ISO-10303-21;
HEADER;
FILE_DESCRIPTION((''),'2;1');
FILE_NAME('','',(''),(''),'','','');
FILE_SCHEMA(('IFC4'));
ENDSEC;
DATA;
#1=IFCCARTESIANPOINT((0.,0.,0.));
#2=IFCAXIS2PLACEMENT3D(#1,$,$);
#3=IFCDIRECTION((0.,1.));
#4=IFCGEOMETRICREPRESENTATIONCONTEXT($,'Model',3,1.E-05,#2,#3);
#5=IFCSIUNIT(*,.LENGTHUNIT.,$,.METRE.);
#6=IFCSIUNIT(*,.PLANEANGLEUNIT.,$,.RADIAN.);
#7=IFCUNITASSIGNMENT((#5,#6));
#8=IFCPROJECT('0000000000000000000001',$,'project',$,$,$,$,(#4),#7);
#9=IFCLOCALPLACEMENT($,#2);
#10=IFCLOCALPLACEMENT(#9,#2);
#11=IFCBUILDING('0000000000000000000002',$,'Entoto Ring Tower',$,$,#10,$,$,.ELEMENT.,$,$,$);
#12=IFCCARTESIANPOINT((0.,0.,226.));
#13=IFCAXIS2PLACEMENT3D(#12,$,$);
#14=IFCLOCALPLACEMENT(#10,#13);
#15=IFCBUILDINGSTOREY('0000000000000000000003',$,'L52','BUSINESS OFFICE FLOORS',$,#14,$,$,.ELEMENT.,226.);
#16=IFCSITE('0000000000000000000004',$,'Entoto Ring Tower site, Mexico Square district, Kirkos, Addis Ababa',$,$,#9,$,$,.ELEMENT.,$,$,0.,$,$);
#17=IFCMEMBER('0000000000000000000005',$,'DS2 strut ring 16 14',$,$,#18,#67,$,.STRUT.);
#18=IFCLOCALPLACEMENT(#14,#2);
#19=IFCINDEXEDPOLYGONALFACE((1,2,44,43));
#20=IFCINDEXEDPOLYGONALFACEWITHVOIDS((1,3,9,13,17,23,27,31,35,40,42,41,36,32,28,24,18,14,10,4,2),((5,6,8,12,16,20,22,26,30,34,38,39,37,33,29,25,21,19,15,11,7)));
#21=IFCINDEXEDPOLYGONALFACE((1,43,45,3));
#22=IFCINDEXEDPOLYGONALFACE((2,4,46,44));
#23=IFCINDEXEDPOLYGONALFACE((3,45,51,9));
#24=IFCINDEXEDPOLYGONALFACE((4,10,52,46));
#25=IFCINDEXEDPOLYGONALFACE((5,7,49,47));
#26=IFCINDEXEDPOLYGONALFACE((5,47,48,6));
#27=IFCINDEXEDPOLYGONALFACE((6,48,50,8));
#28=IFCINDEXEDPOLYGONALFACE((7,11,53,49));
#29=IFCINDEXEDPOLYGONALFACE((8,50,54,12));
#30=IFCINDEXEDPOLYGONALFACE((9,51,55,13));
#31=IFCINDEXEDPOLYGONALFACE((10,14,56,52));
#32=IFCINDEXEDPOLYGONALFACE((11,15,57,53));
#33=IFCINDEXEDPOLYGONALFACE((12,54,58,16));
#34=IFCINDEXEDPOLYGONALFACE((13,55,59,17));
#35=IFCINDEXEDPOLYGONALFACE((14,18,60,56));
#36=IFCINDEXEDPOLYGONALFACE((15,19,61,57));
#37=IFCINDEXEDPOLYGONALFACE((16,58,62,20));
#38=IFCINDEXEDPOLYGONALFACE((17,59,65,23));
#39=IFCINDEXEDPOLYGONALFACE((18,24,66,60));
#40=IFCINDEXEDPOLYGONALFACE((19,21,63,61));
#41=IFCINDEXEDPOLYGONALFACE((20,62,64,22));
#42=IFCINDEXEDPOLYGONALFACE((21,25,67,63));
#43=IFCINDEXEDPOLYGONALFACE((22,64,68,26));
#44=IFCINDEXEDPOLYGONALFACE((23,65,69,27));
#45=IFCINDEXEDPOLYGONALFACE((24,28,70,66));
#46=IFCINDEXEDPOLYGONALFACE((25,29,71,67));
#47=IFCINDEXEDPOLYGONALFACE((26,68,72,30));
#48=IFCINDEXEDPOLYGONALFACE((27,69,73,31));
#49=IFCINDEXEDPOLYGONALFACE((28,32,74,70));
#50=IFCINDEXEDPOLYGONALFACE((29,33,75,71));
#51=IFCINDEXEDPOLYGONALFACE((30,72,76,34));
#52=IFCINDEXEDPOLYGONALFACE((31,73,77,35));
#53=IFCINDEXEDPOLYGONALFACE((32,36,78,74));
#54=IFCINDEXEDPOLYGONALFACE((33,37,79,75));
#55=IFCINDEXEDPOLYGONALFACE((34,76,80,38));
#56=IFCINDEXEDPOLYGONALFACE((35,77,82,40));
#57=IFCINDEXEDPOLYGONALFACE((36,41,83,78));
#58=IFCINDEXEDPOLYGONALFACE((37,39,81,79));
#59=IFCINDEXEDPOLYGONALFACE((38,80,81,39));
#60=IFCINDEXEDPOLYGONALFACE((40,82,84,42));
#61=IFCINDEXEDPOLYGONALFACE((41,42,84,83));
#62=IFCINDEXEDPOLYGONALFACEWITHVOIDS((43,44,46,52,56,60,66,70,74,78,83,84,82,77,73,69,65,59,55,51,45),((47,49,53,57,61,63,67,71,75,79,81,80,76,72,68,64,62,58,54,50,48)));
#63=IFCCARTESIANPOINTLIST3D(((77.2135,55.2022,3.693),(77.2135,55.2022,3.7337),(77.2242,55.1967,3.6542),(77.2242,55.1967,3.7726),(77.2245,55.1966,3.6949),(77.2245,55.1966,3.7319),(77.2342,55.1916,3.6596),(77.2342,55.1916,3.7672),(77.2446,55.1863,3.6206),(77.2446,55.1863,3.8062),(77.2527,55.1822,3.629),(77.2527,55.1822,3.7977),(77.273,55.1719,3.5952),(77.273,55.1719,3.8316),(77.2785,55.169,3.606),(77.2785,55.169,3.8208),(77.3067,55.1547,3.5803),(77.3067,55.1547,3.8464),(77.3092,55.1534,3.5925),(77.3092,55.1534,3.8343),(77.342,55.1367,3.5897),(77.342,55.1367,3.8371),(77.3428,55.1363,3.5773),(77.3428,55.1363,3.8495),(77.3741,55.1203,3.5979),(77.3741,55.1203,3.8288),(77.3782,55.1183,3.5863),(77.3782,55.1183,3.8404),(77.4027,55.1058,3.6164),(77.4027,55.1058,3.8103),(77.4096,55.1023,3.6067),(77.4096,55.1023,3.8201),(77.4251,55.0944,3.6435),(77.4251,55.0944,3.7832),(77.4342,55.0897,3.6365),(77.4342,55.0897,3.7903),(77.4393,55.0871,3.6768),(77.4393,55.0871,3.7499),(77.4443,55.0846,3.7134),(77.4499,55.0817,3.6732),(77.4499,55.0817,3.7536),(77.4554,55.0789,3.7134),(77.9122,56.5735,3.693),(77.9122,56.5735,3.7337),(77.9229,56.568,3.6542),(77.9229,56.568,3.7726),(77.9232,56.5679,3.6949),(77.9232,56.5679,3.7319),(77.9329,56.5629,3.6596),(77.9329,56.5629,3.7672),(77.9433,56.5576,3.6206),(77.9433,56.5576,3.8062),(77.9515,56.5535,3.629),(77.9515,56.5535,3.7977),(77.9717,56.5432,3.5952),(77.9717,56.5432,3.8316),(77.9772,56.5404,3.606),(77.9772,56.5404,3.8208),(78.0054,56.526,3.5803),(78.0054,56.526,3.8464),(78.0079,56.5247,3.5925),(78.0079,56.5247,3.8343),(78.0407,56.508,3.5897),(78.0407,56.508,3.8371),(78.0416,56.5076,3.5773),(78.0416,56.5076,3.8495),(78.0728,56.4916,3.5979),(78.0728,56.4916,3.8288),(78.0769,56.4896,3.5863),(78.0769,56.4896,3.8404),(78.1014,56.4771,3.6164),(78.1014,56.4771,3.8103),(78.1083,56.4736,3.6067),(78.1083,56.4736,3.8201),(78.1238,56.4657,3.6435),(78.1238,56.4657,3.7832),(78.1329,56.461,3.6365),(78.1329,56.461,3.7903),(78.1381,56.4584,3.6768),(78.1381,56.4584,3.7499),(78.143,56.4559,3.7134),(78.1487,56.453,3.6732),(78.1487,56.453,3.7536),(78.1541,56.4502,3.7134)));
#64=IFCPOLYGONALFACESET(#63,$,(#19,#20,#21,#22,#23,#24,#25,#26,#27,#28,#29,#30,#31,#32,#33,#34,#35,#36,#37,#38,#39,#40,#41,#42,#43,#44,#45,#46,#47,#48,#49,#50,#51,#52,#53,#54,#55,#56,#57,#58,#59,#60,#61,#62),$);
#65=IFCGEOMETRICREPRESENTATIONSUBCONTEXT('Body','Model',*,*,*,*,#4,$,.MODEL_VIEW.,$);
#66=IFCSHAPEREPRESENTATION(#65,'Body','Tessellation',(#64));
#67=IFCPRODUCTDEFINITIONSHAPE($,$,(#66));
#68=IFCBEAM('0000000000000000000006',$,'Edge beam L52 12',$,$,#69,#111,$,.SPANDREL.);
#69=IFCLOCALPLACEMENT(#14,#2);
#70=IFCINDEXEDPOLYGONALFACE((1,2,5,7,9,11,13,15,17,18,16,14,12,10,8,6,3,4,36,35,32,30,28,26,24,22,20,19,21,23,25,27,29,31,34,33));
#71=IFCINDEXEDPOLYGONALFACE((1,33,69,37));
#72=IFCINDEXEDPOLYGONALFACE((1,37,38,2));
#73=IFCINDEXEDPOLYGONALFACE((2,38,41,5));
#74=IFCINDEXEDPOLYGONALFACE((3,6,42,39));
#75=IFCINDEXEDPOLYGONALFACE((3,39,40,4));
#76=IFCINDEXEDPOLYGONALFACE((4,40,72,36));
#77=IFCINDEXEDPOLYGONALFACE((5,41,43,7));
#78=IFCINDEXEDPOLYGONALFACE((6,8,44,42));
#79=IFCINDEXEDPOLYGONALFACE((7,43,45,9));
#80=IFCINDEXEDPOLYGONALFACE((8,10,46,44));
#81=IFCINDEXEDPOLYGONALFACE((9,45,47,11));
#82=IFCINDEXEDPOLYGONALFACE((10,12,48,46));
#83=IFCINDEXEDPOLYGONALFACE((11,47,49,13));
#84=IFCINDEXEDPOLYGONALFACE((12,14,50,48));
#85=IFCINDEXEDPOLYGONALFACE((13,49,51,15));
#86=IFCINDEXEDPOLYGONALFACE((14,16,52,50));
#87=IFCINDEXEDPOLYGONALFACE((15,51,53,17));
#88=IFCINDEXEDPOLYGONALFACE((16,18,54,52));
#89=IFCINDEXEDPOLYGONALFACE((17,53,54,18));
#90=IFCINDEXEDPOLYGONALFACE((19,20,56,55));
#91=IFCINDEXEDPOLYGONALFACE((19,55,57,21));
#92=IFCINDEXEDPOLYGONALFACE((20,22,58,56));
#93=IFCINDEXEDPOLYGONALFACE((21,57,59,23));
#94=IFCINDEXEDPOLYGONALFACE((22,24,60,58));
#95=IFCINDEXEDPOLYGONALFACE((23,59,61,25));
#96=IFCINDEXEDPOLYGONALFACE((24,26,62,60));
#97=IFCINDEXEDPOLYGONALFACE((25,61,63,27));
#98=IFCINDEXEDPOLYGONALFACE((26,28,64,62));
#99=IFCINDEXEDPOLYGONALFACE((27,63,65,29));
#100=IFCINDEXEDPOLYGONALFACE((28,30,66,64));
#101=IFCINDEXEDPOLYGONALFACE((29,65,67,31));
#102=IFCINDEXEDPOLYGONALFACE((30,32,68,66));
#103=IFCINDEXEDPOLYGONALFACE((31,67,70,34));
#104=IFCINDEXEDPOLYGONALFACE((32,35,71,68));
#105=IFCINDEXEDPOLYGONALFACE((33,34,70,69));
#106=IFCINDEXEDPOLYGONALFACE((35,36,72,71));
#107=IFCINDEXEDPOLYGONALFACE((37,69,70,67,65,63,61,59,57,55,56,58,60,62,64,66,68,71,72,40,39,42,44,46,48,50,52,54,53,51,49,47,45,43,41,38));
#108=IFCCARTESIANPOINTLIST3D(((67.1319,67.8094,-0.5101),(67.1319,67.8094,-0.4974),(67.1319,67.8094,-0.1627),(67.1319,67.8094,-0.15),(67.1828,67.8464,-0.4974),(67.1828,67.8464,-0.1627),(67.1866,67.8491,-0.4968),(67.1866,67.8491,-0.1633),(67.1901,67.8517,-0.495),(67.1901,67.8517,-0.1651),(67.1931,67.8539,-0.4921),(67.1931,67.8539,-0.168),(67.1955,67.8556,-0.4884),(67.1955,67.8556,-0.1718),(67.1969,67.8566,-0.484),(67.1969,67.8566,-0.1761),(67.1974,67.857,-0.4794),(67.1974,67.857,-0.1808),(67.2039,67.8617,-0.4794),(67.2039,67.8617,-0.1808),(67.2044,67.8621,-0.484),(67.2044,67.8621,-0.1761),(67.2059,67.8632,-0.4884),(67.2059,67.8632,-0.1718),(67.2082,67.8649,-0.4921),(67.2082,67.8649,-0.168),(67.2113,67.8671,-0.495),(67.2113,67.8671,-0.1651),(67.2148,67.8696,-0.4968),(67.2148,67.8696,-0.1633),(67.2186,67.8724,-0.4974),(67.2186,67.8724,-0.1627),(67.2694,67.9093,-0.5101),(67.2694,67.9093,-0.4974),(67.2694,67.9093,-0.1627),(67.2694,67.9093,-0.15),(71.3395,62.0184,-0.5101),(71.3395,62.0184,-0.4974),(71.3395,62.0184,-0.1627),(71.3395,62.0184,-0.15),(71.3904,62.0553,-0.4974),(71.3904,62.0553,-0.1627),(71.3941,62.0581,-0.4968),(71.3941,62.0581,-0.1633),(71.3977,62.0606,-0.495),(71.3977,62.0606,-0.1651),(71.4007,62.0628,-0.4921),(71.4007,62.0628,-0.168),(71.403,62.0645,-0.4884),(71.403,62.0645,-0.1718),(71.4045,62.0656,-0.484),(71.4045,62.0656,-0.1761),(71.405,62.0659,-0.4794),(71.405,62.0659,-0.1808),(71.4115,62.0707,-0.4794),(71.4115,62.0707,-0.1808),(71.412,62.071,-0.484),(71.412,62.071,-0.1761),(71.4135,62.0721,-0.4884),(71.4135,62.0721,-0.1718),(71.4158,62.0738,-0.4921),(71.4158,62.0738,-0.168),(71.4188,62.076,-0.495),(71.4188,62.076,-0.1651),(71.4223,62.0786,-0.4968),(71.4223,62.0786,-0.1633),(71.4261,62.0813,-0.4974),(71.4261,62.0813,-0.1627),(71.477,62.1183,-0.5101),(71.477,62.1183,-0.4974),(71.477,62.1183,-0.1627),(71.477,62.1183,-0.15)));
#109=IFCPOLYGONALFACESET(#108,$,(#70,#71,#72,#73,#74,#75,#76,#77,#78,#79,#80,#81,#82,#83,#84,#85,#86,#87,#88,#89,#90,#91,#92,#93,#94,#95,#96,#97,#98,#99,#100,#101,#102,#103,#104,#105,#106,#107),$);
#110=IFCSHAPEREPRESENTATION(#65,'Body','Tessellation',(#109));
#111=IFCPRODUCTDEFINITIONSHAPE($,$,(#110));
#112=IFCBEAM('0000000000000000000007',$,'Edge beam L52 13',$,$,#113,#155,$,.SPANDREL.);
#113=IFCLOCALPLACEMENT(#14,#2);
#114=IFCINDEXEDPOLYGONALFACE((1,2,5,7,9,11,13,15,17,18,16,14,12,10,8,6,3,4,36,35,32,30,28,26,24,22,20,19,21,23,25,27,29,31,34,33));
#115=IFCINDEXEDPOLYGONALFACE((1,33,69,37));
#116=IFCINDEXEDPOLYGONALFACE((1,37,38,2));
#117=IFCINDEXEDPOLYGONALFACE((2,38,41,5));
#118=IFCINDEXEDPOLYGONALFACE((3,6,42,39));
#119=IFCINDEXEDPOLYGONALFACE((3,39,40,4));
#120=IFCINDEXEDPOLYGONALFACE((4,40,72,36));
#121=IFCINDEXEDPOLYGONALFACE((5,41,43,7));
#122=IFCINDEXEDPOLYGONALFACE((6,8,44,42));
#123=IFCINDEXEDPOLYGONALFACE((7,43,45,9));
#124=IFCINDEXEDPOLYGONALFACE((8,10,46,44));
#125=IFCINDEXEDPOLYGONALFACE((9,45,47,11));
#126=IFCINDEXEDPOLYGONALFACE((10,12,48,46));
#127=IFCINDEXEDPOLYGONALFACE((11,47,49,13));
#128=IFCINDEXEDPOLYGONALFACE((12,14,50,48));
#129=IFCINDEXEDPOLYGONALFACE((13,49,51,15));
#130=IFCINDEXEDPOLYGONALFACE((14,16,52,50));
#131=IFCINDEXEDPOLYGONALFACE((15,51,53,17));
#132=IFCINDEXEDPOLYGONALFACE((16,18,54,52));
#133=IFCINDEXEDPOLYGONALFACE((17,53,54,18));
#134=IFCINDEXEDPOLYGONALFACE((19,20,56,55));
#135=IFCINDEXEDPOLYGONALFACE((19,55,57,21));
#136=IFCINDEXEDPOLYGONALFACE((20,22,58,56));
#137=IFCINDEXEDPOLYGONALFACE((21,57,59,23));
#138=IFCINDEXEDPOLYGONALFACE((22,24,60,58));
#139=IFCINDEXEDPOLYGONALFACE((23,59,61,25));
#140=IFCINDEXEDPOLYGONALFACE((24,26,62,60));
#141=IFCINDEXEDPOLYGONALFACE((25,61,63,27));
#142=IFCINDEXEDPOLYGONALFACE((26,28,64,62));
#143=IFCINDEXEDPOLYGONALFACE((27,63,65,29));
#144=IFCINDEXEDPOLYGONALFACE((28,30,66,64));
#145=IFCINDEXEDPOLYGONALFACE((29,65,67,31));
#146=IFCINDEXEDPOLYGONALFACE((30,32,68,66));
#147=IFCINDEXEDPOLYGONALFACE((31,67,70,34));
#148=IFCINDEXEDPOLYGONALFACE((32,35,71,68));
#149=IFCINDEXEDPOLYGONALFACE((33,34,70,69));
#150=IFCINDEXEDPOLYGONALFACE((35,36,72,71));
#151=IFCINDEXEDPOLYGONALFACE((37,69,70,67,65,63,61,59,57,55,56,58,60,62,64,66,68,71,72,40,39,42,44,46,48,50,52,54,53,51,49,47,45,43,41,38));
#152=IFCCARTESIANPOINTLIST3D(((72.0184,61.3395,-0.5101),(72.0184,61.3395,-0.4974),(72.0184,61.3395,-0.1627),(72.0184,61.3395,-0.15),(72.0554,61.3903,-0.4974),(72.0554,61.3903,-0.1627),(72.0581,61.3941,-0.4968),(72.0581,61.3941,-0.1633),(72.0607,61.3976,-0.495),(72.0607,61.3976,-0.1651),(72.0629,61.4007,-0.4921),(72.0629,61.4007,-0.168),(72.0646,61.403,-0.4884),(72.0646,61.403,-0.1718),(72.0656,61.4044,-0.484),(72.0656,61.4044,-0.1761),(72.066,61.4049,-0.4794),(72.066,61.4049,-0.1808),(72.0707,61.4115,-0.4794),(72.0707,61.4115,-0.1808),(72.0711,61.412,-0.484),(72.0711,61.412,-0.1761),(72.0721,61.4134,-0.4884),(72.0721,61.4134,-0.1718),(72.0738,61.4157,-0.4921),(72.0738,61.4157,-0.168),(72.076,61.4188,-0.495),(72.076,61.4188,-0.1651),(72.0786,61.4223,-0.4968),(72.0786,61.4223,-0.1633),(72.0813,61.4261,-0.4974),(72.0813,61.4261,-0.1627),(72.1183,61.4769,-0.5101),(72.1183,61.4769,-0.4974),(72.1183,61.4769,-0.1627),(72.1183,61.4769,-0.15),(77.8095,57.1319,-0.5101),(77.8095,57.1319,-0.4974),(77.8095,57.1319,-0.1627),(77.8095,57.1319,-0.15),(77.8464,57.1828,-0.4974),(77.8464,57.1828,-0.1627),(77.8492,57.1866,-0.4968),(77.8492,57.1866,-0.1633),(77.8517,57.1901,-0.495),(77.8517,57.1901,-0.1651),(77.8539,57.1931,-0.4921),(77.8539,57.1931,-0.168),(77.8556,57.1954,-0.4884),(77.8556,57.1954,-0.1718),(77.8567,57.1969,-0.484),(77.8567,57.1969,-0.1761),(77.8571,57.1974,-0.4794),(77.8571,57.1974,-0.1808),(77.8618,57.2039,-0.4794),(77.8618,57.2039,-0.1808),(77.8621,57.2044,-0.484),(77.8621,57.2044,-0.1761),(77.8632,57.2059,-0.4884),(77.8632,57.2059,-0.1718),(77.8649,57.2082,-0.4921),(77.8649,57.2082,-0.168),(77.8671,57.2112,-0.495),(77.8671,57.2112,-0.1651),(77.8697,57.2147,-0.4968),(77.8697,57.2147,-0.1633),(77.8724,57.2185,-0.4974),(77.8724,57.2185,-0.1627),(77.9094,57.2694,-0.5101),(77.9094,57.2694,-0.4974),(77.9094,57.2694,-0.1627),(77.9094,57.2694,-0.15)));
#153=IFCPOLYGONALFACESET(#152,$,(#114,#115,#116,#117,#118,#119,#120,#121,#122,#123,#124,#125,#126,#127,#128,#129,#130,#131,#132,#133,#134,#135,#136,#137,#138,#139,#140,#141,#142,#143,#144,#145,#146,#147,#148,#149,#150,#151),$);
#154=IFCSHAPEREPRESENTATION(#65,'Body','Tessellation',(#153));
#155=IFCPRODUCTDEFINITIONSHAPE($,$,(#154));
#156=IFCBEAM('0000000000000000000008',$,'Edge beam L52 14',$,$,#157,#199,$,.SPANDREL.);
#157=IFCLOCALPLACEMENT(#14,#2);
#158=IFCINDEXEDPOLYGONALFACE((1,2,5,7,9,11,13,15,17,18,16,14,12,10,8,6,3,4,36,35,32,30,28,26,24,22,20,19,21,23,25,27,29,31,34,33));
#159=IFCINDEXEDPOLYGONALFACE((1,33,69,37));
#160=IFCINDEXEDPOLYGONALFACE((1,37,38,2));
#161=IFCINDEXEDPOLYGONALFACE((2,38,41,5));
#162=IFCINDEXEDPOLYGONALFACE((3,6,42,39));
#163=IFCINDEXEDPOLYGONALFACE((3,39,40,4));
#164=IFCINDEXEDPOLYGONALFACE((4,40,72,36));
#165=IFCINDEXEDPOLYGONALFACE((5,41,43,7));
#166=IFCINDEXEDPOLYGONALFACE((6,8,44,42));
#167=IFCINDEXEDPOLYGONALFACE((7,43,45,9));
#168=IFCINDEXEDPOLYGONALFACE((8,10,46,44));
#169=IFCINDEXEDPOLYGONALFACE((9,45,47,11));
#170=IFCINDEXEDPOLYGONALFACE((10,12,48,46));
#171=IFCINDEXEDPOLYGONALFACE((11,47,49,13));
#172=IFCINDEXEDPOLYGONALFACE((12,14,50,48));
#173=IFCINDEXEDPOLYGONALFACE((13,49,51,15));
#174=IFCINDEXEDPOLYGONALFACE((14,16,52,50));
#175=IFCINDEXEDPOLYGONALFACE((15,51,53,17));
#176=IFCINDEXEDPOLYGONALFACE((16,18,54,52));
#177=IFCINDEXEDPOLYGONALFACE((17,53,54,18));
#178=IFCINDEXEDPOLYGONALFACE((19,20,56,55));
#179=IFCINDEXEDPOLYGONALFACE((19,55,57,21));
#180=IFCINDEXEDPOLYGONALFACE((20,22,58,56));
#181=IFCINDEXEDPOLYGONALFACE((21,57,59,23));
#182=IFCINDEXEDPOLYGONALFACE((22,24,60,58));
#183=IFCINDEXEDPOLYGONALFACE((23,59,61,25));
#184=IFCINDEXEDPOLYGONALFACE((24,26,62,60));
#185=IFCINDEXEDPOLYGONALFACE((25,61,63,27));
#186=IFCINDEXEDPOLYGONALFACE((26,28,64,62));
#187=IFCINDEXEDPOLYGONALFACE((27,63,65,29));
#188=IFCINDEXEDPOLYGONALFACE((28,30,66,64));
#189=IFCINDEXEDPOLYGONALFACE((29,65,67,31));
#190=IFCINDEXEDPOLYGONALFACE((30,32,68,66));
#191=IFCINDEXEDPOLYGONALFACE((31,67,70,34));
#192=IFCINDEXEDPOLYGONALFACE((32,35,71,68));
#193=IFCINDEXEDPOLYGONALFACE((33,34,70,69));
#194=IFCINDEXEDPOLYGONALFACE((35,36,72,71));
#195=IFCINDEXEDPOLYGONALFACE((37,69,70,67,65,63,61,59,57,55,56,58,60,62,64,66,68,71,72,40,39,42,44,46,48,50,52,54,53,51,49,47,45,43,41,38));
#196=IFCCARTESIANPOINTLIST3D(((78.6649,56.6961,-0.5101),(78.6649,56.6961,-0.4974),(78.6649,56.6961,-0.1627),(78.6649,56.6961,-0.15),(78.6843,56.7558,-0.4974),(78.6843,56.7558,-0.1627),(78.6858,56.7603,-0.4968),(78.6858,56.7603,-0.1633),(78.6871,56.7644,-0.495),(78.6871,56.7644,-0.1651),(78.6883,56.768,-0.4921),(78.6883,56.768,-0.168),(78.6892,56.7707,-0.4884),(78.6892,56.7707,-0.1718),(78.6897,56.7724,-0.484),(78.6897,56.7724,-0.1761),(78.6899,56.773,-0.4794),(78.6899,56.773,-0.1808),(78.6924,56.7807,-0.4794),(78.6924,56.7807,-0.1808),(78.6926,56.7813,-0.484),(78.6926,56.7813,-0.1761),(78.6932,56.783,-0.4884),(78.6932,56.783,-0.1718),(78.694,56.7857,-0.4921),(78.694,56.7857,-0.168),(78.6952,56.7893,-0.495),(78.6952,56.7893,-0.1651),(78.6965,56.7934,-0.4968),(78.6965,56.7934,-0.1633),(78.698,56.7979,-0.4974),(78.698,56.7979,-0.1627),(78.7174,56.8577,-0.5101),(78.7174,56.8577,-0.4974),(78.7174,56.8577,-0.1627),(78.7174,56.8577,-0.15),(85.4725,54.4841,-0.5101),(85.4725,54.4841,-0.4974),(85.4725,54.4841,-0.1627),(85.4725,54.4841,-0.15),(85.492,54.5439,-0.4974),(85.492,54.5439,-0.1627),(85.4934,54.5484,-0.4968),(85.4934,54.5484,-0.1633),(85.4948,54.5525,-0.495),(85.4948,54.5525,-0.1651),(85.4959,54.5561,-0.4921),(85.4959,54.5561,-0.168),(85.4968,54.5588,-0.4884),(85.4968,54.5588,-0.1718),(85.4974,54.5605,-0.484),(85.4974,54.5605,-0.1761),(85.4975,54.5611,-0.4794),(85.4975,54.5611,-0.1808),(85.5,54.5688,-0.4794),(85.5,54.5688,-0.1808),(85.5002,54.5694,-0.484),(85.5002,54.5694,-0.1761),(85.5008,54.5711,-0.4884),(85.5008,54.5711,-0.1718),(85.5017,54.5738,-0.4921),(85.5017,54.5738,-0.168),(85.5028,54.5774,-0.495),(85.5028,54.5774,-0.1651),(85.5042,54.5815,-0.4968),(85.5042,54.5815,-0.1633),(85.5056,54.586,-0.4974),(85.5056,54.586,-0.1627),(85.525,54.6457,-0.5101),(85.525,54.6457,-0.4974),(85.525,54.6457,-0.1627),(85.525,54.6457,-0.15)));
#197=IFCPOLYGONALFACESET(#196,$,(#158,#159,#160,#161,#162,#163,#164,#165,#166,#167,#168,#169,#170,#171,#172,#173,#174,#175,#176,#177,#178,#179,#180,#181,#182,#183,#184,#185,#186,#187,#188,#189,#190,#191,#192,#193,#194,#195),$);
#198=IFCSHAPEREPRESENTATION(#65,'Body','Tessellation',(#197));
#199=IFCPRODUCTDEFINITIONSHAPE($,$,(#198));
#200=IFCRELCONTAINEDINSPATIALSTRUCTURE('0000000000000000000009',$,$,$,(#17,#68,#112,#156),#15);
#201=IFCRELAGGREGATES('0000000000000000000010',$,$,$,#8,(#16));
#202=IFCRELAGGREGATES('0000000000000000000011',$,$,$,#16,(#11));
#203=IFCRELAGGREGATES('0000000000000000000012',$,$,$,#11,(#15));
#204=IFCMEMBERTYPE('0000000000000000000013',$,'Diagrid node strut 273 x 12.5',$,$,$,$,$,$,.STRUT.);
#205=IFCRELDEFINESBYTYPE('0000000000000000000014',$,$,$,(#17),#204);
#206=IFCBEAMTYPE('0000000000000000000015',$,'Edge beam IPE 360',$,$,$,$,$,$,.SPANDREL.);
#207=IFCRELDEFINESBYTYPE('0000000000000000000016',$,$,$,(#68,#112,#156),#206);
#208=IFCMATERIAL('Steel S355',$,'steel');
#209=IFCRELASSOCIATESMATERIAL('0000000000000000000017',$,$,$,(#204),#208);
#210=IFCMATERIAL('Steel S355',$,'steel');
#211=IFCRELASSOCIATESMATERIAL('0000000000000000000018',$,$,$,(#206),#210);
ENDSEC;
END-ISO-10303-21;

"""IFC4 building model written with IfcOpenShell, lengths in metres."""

from ifc_helpers import new_model, si_unit, direction, frame, origin, origin_2d, place, context, subcontext, project, spatial, circle, hollow_circle, i_section, extrude, material, material_profile, profile_set, type_object, element, save


model = new_model("IFC4")

# Units and contexts
model_context = context("Model", 3, precision=1e-05, world=origin(), true_north=direction((0.0, 1.0)))
body_context = subcontext(model_context, "Body", "Model", "MODEL_VIEW")
ifc_project = project(units=[si_unit("LENGTHUNIT", "METRE"), si_unit("PLANEANGLEUNIT", "RADIAN")], contexts=[model_context])

# Site, building, storey
site_placement = place(None, origin())
site = spatial("IfcSite", under=ifc_project, at=site_placement, Name="Entoto Ring Tower site, Mexico Square district, Kirkos, Addis Ababa", CompositionType="ELEMENT", RefElevation=0.0)
building_placement = place(site_placement, origin())
building = spatial("IfcBuilding", under=site, at=building_placement, Name="Entoto Ring Tower", CompositionType="ELEMENT")
storey_placement = place(building_placement, frame((0.0, 0.0, 226.0)))
storey = spatial("IfcBuildingStorey", under=building, at=storey_placement, Name="L52", Description="BUSINESS OFFICE FLOORS", CompositionType="ELEMENT", Elevation=226.0)

# Member
ifc_material_1 = material(Name="Steel S355", Category="steel")
ifc_material_profile_1 = material_profile(ifc_material_1, hollow_circle(Radius=0.1365, WallThickness=0.0125, at=origin_2d()), Name="CHS 273 x 12.5")
ifc_material_2 = material(Name="Concrete C60/75", Category="concrete")
ifc_material_profile_2 = material_profile(ifc_material_2, circle(Radius=0.124, at=origin_2d()), Name="Concrete C60/75 infill")
ifc_profile_set_1 = profile_set([ifc_material_profile_1, ifc_material_profile_2], Name="Steel S355")
member_type = type_object("IfcMemberType", Name="Diagrid node strut 273 x 12.5", PredefinedType="STRUT", material=ifc_profile_set_1)
member_1_placement = place(storey_placement, frame((78.0325, 56.5122, 3.7134), z_axis=(-0.45399, -0.891007, 0.0), x_axis=(0.891007, -0.45399, 0.0)))
element("IfcMember", 1, at=member_1_placement, inside=storey, type_object=member_type, Name="DS2 strut ring 16 14", PredefinedType="STRUT", context=body_context, shape_type="SweptSolid", body=[
    extrude(hollow_circle(Radius=0.1365, WallThickness=0.0125, at=origin_2d()), origin(), (0.0, 0.0, 1.0), 1.5391),
])

# Beams
ifc_material_3 = material(Name="Steel S355", Category="steel")
ifc_material_profile_3 = material_profile(ifc_material_3, i_section(OverallWidth=0.1699, OverallDepth=0.3601, WebThickness=0.0081, FlangeThickness=0.0127, FilletRadius=0.0181, at=origin_2d()), Name="IPE 360")
ifc_profile_set_2 = profile_set([ifc_material_profile_3], Name="Steel S355")
beam_type_1 = type_object("IfcBeamType", Name="Edge beam IPE 360", PredefinedType="SPANDREL", material=ifc_profile_set_2)
for number, where, z_axis, x_axis, name in (
    (2, (67.2007, 67.8594, -0.3301), (0.587794, -0.80901, 0.0), (0.80901, 0.587794, 0.0), "Edge beam L52 12"),
    (3, (72.0684, 61.4082, -0.3301), (0.80901, -0.587794, 0.0), (0.587794, 0.80901, 0.0), "Edge beam L52 13"),
):
    element("IfcBeam", number, at=place(storey_placement, frame(where, z_axis=z_axis, x_axis=x_axis)), inside=storey, type_object=beam_type_1, Name=name, PredefinedType="SPANDREL", context=body_context, shape_type="SweptSolid", body=[
        extrude(i_section(OverallWidth=0.1699, OverallDepth=0.3601, WebThickness=0.0081, FlangeThickness=0.0127, FilletRadius=0.0181, at=origin_2d()), origin(), (0.0, 0.0, 1.0), 7.1582),
    ])
beam_1_placement = place(storey_placement, frame((78.6912, 56.7769, -0.3301), z_axis=(0.951057, -0.309015, 0.0), x_axis=(0.309015, 0.951057, 0.0)))
element("IfcBeam", 4, at=beam_1_placement, inside=storey, type_object=beam_type_1, Name="Edge beam L52 14", PredefinedType="SPANDREL", context=body_context, shape_type="SweptSolid", body=[
    extrude(i_section(OverallWidth=0.1699, OverallDepth=0.3601, WebThickness=0.0081, FlangeThickness=0.0127, FilletRadius=0.0181, at=origin_2d()), origin(), (0.0, 0.0, 1.0), 7.158),
])

save(model, "model.ifc")
